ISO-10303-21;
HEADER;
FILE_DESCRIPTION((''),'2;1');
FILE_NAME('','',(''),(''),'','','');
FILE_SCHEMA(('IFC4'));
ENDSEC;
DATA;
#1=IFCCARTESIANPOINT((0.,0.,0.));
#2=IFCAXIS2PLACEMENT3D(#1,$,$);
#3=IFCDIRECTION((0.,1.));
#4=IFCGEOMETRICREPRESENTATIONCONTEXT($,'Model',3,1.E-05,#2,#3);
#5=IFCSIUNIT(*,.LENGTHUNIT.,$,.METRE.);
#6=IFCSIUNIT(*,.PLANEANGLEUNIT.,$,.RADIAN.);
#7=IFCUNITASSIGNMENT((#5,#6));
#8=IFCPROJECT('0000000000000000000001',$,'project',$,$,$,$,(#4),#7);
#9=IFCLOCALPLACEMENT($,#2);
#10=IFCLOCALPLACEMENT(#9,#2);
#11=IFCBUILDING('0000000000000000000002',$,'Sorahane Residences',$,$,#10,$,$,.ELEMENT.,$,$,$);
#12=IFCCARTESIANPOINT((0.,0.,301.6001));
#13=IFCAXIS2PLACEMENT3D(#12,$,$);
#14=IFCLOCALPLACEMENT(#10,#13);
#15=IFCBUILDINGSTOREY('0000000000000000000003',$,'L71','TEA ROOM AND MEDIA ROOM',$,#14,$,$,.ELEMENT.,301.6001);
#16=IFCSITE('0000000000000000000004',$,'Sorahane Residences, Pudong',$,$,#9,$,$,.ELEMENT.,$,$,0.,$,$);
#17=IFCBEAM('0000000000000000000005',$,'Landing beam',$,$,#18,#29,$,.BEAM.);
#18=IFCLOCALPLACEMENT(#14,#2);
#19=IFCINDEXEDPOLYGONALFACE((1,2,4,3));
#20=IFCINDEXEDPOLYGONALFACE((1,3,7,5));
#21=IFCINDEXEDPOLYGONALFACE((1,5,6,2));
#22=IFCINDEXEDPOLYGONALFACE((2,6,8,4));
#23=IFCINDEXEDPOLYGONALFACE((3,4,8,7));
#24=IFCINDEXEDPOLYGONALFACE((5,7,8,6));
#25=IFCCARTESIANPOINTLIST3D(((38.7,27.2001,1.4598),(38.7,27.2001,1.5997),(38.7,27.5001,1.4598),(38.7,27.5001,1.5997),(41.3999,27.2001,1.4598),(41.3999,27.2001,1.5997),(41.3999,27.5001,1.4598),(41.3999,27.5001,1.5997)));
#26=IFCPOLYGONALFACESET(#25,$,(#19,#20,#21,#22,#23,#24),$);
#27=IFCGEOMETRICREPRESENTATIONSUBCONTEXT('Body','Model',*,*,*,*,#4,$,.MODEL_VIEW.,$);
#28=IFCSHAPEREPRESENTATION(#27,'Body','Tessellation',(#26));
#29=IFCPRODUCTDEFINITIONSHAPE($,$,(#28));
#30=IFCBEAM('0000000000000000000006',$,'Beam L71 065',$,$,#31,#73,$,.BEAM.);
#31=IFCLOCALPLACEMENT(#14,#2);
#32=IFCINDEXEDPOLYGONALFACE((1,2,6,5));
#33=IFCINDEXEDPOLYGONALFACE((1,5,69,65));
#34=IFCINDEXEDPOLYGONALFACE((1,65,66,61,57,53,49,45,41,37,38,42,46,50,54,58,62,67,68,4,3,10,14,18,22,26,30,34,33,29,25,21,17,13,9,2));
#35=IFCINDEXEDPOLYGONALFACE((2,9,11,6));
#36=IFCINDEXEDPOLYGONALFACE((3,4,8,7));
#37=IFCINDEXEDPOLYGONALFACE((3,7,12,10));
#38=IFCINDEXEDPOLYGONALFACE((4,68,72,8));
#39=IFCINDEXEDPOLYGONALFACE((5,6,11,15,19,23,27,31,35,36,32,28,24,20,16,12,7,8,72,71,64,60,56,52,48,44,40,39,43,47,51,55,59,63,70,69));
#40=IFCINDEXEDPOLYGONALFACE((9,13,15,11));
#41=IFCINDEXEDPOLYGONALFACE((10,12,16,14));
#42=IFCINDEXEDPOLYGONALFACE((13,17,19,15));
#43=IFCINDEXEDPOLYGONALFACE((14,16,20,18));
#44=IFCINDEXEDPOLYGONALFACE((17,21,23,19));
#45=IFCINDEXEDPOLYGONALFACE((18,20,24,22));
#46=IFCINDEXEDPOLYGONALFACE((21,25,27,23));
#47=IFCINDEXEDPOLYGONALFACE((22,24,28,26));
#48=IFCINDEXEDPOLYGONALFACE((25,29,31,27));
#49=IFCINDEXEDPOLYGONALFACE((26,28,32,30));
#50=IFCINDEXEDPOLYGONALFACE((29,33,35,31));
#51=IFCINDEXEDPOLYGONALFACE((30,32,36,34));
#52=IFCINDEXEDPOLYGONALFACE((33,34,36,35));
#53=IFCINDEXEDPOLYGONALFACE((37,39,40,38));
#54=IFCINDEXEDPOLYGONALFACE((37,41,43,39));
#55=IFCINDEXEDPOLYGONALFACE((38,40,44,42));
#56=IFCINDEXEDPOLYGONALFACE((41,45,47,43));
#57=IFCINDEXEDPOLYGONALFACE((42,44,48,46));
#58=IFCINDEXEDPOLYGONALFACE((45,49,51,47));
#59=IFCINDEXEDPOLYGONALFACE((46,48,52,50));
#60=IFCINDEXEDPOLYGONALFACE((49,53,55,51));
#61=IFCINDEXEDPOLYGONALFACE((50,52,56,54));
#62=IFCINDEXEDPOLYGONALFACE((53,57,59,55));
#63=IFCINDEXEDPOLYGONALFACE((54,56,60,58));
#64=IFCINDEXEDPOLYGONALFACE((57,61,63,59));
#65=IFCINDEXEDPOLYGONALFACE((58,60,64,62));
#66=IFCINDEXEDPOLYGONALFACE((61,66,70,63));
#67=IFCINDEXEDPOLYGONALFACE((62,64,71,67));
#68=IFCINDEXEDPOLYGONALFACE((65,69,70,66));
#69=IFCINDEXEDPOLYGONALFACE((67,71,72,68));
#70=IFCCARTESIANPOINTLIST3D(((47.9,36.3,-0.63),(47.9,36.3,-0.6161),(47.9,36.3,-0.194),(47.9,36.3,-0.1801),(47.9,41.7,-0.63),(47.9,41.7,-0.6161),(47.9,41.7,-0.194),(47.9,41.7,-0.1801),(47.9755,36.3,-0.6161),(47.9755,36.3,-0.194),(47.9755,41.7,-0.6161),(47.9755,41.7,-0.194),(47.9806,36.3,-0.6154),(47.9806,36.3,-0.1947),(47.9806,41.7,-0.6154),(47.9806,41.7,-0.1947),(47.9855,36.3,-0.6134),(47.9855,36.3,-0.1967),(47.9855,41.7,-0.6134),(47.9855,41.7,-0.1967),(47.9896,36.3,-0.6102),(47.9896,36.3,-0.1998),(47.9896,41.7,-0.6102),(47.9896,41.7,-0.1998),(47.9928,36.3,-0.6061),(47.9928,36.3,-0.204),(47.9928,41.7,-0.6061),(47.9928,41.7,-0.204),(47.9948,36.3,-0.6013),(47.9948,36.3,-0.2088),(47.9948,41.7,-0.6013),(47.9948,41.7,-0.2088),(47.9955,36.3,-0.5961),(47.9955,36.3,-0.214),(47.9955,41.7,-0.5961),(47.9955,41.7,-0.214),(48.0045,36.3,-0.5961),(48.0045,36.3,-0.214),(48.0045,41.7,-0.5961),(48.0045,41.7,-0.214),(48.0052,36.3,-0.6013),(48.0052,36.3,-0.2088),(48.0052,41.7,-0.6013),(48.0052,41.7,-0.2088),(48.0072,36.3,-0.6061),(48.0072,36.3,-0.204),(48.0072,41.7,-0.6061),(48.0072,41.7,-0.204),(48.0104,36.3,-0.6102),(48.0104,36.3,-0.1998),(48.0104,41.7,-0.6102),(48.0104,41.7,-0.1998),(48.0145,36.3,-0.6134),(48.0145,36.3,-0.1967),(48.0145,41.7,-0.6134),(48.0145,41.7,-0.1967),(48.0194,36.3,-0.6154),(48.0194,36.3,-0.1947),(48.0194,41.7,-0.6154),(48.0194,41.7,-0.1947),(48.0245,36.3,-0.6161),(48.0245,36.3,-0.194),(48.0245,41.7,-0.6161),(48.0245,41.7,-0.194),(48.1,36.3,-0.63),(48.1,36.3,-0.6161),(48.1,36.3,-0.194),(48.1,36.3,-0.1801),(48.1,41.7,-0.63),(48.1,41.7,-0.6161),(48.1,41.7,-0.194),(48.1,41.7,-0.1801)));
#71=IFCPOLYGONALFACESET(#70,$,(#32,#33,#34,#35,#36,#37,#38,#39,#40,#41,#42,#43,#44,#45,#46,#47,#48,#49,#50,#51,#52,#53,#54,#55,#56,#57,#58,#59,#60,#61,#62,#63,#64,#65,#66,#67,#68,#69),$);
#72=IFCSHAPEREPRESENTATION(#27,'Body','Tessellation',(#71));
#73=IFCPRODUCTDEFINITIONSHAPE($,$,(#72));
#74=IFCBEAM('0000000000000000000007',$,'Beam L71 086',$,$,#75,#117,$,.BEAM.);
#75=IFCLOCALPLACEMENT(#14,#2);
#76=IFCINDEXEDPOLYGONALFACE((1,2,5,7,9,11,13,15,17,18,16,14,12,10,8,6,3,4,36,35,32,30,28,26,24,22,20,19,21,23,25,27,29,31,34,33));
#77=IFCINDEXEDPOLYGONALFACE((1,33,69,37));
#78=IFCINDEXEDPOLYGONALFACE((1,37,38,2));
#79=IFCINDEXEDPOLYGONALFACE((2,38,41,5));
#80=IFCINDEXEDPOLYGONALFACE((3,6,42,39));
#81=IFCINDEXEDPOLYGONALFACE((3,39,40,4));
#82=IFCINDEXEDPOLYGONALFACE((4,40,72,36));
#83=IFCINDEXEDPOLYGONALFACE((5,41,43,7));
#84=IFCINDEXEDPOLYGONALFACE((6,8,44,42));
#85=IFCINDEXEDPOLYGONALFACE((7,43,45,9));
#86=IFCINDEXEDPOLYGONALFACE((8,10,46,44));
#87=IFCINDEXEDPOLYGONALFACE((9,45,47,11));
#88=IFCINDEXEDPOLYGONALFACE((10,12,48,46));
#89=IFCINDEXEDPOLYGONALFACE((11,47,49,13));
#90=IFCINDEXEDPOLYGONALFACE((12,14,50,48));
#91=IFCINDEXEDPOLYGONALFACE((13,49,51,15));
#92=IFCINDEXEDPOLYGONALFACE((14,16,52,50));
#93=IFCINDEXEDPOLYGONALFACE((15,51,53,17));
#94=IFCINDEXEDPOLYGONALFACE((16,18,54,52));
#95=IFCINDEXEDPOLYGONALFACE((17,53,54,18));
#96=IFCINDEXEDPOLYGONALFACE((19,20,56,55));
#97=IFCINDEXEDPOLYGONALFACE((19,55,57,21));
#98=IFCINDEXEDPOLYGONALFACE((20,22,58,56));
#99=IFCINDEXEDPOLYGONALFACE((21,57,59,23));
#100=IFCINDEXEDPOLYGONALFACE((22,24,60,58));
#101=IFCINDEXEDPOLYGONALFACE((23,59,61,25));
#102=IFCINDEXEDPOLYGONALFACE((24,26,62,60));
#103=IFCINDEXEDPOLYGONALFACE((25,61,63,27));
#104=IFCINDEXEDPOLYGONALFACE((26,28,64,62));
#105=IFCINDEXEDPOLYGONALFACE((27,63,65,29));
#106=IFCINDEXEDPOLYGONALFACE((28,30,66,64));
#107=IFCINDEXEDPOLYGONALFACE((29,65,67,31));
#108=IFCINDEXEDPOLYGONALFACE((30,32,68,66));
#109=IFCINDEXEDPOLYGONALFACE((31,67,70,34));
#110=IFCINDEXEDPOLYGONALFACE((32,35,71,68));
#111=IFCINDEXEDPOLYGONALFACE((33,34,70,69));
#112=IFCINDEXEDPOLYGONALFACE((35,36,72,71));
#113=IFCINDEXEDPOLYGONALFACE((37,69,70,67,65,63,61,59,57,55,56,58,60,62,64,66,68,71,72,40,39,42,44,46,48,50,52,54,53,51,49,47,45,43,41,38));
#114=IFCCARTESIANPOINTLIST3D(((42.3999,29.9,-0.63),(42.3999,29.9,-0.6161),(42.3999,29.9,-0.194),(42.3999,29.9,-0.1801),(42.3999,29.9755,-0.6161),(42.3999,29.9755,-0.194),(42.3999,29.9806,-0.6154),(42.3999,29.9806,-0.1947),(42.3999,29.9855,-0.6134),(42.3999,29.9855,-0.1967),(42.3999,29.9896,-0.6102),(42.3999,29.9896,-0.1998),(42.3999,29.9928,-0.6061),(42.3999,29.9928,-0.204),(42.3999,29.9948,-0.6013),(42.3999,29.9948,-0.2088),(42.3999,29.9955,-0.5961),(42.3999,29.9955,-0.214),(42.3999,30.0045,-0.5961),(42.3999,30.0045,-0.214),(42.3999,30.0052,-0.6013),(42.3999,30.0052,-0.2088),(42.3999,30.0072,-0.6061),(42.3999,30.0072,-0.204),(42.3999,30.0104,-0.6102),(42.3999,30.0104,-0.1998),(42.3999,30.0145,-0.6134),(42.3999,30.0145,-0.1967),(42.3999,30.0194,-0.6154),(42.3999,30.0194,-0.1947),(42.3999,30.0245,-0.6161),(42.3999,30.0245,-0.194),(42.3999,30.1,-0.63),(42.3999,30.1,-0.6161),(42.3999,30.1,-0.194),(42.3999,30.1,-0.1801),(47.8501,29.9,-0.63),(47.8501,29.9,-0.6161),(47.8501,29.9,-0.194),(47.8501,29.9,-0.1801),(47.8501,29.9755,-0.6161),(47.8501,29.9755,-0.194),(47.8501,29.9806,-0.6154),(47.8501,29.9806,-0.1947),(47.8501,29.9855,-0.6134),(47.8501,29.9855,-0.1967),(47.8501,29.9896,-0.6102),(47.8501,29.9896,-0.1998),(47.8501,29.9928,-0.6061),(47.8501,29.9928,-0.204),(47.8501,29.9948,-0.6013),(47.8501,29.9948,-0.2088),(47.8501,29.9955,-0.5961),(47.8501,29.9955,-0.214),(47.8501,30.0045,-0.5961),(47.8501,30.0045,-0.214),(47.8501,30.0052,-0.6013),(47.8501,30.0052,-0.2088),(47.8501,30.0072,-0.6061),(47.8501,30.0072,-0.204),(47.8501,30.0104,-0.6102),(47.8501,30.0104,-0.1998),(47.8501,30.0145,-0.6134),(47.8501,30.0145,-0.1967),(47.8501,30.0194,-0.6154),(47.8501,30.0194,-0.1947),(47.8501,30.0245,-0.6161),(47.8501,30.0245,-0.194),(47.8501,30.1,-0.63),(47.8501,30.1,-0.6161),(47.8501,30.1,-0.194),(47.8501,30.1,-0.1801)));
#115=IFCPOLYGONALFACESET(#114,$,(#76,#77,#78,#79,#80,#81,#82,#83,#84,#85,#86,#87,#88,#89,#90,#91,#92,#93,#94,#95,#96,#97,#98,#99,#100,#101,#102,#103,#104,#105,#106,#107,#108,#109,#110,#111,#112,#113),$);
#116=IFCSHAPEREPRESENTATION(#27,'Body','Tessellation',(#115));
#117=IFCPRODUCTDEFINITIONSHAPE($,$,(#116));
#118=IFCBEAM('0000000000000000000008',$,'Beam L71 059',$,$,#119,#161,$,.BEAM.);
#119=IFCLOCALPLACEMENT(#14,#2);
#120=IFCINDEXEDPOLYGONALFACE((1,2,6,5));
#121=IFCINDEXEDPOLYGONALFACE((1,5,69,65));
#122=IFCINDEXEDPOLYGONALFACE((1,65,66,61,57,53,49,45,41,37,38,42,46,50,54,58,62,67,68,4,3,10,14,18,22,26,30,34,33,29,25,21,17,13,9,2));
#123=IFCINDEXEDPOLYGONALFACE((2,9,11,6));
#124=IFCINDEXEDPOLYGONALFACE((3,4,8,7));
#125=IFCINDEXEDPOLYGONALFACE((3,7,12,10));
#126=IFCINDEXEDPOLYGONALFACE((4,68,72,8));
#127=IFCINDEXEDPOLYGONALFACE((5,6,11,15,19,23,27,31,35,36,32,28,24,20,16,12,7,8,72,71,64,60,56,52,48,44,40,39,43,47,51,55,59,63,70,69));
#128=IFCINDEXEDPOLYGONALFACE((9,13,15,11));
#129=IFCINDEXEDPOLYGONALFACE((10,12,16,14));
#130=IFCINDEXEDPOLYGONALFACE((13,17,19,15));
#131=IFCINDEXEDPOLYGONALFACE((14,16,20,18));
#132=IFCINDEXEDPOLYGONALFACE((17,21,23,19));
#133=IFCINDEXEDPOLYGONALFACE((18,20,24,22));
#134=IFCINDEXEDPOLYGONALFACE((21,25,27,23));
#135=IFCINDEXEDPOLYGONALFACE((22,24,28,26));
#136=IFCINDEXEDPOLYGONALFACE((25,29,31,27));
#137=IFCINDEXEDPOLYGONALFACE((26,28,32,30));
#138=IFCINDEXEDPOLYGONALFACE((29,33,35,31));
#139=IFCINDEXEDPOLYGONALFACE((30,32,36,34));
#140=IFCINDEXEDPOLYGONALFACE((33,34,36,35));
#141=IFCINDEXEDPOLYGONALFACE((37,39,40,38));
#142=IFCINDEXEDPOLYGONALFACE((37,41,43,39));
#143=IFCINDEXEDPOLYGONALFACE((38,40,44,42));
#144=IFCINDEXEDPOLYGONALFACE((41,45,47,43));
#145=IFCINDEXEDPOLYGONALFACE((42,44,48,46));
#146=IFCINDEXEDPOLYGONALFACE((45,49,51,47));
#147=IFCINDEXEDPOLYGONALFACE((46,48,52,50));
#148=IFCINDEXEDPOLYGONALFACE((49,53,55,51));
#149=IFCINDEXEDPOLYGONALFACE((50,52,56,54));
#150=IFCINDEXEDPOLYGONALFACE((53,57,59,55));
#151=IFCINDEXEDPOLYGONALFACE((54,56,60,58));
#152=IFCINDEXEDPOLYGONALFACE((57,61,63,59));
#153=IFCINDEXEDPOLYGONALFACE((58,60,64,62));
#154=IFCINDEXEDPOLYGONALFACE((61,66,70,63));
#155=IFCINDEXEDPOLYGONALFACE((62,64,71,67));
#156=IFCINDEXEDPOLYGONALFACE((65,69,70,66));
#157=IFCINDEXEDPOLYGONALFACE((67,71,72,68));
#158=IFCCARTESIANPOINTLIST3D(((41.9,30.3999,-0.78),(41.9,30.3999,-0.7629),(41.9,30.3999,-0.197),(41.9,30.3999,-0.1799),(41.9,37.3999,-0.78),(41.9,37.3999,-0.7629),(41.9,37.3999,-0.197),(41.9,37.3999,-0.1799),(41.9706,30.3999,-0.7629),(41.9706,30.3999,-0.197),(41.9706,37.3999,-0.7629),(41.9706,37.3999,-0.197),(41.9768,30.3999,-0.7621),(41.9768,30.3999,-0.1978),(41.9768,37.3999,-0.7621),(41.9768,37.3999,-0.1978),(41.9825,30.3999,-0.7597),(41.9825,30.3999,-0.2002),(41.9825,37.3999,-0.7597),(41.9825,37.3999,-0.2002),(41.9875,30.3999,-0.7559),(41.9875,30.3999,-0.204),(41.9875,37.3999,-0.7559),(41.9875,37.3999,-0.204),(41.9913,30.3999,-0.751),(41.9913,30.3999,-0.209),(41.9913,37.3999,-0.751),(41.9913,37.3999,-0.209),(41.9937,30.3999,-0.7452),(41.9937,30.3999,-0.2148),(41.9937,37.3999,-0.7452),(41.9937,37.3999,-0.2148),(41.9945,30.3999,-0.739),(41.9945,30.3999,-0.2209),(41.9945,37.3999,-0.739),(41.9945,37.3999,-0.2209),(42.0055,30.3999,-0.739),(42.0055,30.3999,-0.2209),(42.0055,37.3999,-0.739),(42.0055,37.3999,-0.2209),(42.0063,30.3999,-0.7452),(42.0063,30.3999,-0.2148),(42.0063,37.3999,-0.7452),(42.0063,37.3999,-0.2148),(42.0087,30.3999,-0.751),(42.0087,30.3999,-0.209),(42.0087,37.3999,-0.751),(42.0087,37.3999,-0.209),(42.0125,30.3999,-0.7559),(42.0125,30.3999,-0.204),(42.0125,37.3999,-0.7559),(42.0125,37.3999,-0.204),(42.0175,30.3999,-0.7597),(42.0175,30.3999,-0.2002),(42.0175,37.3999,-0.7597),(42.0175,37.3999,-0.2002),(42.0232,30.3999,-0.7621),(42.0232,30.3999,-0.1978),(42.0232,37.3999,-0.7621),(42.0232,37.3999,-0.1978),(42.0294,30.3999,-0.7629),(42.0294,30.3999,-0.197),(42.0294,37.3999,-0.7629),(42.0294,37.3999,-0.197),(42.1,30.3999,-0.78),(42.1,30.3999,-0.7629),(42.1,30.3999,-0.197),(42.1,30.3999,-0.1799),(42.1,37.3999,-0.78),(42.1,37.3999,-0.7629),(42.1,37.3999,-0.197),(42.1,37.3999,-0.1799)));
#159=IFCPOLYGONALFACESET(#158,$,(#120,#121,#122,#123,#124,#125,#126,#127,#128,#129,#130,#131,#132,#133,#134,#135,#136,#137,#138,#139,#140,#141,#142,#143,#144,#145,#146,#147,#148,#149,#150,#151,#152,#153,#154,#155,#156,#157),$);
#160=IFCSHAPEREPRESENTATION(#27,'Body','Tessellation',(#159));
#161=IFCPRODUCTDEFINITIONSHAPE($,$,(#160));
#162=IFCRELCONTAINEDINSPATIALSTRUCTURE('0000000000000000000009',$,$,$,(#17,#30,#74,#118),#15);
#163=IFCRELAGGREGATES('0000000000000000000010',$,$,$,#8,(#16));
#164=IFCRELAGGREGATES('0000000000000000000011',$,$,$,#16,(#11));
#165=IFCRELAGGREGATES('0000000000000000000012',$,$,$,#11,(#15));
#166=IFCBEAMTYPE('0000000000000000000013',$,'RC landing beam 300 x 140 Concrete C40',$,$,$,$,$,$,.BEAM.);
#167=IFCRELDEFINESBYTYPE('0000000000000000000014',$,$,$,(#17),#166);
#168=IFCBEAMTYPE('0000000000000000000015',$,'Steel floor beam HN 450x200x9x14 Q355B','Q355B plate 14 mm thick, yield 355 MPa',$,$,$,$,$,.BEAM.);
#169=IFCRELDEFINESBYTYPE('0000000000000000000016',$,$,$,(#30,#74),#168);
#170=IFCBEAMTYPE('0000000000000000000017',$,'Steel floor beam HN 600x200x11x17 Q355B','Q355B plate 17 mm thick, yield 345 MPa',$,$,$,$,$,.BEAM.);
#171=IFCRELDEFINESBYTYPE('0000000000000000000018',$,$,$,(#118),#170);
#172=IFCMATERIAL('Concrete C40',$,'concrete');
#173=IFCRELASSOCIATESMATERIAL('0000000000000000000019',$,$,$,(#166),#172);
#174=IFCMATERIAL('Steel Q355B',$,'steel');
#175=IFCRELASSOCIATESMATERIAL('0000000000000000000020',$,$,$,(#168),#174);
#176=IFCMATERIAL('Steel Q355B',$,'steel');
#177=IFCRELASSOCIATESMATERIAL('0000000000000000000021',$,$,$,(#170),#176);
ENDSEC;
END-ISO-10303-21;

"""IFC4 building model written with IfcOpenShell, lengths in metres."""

from ifc_helpers import new_model, si_unit, direction, frame, origin, origin_2d, place, context, subcontext, project, spatial, rectangle, i_section, extrude, material, material_profile, profile_set, type_object, element, save


model = new_model("IFC4")

# Units and contexts
model_context = context("Model", 3, precision=1e-05, world=origin(), true_north=direction((0.0, 1.0)))
body_context = subcontext(model_context, "Body", "Model", "MODEL_VIEW")
ifc_project = project(units=[si_unit("LENGTHUNIT", "METRE"), si_unit("PLANEANGLEUNIT", "RADIAN")], contexts=[model_context])

# Site, building, storey
site_placement = place(None, origin())
site = spatial("IfcSite", under=ifc_project, at=site_placement, Name="Sorahane Residences, Pudong", CompositionType="ELEMENT", RefElevation=0.0)
building_placement = place(site_placement, origin())
building = spatial("IfcBuilding", under=site, at=building_placement, Name="Sorahane Residences", CompositionType="ELEMENT")
storey_placement = place(building_placement, frame((0.0, 0.0, 301.6001)))
storey = spatial("IfcBuildingStorey", under=building, at=storey_placement, Name="L71", Description="TEA ROOM AND MEDIA ROOM", CompositionType="ELEMENT", Elevation=301.6001)

# Beams
ifc_material_1 = material(Name="Concrete C40", Category="concrete")
ifc_material_profile_1 = material_profile(ifc_material_1, rectangle(XDim=0.3, YDim=0.1399, at=origin_2d()), Name="300x140")
ifc_profile_set_1 = profile_set([ifc_material_profile_1], Name="Concrete C40")
beam_type_1 = type_object("IfcBeamType", Name="RC landing beam 300 x 140 Concrete C40", PredefinedType="BEAM", material=ifc_profile_set_1)
for number, where, z_axis, x_axis, name in (
    (1, (38.7, 27.3501, 1.5298), (1.0, 0.0, 0.0), (0.0, 1.0, 0.0), "Landing beam"),
):
    element("IfcBeam", number, at=place(storey_placement, frame(where, z_axis=z_axis, x_axis=x_axis)), inside=storey, type_object=beam_type_1, Name=name, PredefinedType="BEAM", context=body_context, shape_type="SweptSolid", body=[
        extrude(rectangle(XDim=0.3, YDim=0.1399, at=origin_2d()), origin(), (0.0, 0.0, 1.0), 2.7),
    ])
ifc_material_2 = material(Name="Steel Q355B", Category="steel")
ifc_material_profile_2 = material_profile(ifc_material_2, i_section(OverallWidth=0.2, OverallDepth=0.45, WebThickness=0.009, FlangeThickness=0.0139, FilletRadius=0.02, at=origin_2d()), Name="HN 450x200x9x14")
ifc_profile_set_2 = profile_set([ifc_material_profile_2], Name="Steel Q355B")
beam_type_2 = type_object("IfcBeamType", Name="Steel floor beam HN 450x200x9x14 Q355B", Description="Q355B plate 14 mm thick, yield 355 MPa", PredefinedType="BEAM", material=ifc_profile_set_2)
beam_1_placement = place(storey_placement, frame((48.0, 36.3, -0.405), z_axis=(0.0, 1.0, 0.0), x_axis=(-1.0, 0.0, 0.0)))
element("IfcBeam", 2, at=beam_1_placement, inside=storey, type_object=beam_type_2, Name="Beam L71 065", PredefinedType="BEAM", context=body_context, shape_type="SweptSolid", body=[
    extrude(i_section(OverallWidth=0.2, OverallDepth=0.45, WebThickness=0.009, FlangeThickness=0.0139, FilletRadius=0.02, at=origin_2d()), origin(), (0.0, 0.0, 1.0), 5.3999),
])
beam_2_placement = place(storey_placement, frame((42.3999, 30.0, -0.405), z_axis=(1.0, 0.0, 0.0), x_axis=(0.0, 1.0, 0.0)))
element("IfcBeam", 3, at=beam_2_placement, inside=storey, type_object=beam_type_2, Name="Beam L71 086", PredefinedType="BEAM", context=body_context, shape_type="SweptSolid", body=[
    extrude(i_section(OverallWidth=0.2, OverallDepth=0.45, WebThickness=0.009, FlangeThickness=0.0139, FilletRadius=0.02, at=origin_2d()), origin(), (0.0, 0.0, 1.0), 5.4502),
])
ifc_material_3 = material(Name="Steel Q355B", Category="steel")
ifc_material_profile_3 = material_profile(ifc_material_3, i_section(OverallWidth=0.2, OverallDepth=0.6001, WebThickness=0.011, FlangeThickness=0.0171, FilletRadius=0.0239, at=origin_2d()), Name="HN 600x200x11x17")
ifc_profile_set_3 = profile_set([ifc_material_profile_3], Name="Steel Q355B")
beam_type_3 = type_object("IfcBeamType", Name="Steel floor beam HN 600x200x11x17 Q355B", Description="Q355B plate 17 mm thick, yield 345 MPa", PredefinedType="BEAM", material=ifc_profile_set_3)
for number, where, z_axis, x_axis, name in (
    (4, (42.0, 30.3999, -0.48), (0.0, 1.0, 0.0), (-1.0, 0.0, 0.0), "Beam L71 059"),
):
    element("IfcBeam", number, at=place(storey_placement, frame(where, z_axis=z_axis, x_axis=x_axis)), inside=storey, type_object=beam_type_3, Name=name, PredefinedType="BEAM", context=body_context, shape_type="SweptSolid", body=[
        extrude(i_section(OverallWidth=0.2, OverallDepth=0.6001, WebThickness=0.011, FlangeThickness=0.0171, FilletRadius=0.0239, at=origin_2d()), origin(), (0.0, 0.0, 1.0), 7.0),
    ])

save(model, "model.ifc")
